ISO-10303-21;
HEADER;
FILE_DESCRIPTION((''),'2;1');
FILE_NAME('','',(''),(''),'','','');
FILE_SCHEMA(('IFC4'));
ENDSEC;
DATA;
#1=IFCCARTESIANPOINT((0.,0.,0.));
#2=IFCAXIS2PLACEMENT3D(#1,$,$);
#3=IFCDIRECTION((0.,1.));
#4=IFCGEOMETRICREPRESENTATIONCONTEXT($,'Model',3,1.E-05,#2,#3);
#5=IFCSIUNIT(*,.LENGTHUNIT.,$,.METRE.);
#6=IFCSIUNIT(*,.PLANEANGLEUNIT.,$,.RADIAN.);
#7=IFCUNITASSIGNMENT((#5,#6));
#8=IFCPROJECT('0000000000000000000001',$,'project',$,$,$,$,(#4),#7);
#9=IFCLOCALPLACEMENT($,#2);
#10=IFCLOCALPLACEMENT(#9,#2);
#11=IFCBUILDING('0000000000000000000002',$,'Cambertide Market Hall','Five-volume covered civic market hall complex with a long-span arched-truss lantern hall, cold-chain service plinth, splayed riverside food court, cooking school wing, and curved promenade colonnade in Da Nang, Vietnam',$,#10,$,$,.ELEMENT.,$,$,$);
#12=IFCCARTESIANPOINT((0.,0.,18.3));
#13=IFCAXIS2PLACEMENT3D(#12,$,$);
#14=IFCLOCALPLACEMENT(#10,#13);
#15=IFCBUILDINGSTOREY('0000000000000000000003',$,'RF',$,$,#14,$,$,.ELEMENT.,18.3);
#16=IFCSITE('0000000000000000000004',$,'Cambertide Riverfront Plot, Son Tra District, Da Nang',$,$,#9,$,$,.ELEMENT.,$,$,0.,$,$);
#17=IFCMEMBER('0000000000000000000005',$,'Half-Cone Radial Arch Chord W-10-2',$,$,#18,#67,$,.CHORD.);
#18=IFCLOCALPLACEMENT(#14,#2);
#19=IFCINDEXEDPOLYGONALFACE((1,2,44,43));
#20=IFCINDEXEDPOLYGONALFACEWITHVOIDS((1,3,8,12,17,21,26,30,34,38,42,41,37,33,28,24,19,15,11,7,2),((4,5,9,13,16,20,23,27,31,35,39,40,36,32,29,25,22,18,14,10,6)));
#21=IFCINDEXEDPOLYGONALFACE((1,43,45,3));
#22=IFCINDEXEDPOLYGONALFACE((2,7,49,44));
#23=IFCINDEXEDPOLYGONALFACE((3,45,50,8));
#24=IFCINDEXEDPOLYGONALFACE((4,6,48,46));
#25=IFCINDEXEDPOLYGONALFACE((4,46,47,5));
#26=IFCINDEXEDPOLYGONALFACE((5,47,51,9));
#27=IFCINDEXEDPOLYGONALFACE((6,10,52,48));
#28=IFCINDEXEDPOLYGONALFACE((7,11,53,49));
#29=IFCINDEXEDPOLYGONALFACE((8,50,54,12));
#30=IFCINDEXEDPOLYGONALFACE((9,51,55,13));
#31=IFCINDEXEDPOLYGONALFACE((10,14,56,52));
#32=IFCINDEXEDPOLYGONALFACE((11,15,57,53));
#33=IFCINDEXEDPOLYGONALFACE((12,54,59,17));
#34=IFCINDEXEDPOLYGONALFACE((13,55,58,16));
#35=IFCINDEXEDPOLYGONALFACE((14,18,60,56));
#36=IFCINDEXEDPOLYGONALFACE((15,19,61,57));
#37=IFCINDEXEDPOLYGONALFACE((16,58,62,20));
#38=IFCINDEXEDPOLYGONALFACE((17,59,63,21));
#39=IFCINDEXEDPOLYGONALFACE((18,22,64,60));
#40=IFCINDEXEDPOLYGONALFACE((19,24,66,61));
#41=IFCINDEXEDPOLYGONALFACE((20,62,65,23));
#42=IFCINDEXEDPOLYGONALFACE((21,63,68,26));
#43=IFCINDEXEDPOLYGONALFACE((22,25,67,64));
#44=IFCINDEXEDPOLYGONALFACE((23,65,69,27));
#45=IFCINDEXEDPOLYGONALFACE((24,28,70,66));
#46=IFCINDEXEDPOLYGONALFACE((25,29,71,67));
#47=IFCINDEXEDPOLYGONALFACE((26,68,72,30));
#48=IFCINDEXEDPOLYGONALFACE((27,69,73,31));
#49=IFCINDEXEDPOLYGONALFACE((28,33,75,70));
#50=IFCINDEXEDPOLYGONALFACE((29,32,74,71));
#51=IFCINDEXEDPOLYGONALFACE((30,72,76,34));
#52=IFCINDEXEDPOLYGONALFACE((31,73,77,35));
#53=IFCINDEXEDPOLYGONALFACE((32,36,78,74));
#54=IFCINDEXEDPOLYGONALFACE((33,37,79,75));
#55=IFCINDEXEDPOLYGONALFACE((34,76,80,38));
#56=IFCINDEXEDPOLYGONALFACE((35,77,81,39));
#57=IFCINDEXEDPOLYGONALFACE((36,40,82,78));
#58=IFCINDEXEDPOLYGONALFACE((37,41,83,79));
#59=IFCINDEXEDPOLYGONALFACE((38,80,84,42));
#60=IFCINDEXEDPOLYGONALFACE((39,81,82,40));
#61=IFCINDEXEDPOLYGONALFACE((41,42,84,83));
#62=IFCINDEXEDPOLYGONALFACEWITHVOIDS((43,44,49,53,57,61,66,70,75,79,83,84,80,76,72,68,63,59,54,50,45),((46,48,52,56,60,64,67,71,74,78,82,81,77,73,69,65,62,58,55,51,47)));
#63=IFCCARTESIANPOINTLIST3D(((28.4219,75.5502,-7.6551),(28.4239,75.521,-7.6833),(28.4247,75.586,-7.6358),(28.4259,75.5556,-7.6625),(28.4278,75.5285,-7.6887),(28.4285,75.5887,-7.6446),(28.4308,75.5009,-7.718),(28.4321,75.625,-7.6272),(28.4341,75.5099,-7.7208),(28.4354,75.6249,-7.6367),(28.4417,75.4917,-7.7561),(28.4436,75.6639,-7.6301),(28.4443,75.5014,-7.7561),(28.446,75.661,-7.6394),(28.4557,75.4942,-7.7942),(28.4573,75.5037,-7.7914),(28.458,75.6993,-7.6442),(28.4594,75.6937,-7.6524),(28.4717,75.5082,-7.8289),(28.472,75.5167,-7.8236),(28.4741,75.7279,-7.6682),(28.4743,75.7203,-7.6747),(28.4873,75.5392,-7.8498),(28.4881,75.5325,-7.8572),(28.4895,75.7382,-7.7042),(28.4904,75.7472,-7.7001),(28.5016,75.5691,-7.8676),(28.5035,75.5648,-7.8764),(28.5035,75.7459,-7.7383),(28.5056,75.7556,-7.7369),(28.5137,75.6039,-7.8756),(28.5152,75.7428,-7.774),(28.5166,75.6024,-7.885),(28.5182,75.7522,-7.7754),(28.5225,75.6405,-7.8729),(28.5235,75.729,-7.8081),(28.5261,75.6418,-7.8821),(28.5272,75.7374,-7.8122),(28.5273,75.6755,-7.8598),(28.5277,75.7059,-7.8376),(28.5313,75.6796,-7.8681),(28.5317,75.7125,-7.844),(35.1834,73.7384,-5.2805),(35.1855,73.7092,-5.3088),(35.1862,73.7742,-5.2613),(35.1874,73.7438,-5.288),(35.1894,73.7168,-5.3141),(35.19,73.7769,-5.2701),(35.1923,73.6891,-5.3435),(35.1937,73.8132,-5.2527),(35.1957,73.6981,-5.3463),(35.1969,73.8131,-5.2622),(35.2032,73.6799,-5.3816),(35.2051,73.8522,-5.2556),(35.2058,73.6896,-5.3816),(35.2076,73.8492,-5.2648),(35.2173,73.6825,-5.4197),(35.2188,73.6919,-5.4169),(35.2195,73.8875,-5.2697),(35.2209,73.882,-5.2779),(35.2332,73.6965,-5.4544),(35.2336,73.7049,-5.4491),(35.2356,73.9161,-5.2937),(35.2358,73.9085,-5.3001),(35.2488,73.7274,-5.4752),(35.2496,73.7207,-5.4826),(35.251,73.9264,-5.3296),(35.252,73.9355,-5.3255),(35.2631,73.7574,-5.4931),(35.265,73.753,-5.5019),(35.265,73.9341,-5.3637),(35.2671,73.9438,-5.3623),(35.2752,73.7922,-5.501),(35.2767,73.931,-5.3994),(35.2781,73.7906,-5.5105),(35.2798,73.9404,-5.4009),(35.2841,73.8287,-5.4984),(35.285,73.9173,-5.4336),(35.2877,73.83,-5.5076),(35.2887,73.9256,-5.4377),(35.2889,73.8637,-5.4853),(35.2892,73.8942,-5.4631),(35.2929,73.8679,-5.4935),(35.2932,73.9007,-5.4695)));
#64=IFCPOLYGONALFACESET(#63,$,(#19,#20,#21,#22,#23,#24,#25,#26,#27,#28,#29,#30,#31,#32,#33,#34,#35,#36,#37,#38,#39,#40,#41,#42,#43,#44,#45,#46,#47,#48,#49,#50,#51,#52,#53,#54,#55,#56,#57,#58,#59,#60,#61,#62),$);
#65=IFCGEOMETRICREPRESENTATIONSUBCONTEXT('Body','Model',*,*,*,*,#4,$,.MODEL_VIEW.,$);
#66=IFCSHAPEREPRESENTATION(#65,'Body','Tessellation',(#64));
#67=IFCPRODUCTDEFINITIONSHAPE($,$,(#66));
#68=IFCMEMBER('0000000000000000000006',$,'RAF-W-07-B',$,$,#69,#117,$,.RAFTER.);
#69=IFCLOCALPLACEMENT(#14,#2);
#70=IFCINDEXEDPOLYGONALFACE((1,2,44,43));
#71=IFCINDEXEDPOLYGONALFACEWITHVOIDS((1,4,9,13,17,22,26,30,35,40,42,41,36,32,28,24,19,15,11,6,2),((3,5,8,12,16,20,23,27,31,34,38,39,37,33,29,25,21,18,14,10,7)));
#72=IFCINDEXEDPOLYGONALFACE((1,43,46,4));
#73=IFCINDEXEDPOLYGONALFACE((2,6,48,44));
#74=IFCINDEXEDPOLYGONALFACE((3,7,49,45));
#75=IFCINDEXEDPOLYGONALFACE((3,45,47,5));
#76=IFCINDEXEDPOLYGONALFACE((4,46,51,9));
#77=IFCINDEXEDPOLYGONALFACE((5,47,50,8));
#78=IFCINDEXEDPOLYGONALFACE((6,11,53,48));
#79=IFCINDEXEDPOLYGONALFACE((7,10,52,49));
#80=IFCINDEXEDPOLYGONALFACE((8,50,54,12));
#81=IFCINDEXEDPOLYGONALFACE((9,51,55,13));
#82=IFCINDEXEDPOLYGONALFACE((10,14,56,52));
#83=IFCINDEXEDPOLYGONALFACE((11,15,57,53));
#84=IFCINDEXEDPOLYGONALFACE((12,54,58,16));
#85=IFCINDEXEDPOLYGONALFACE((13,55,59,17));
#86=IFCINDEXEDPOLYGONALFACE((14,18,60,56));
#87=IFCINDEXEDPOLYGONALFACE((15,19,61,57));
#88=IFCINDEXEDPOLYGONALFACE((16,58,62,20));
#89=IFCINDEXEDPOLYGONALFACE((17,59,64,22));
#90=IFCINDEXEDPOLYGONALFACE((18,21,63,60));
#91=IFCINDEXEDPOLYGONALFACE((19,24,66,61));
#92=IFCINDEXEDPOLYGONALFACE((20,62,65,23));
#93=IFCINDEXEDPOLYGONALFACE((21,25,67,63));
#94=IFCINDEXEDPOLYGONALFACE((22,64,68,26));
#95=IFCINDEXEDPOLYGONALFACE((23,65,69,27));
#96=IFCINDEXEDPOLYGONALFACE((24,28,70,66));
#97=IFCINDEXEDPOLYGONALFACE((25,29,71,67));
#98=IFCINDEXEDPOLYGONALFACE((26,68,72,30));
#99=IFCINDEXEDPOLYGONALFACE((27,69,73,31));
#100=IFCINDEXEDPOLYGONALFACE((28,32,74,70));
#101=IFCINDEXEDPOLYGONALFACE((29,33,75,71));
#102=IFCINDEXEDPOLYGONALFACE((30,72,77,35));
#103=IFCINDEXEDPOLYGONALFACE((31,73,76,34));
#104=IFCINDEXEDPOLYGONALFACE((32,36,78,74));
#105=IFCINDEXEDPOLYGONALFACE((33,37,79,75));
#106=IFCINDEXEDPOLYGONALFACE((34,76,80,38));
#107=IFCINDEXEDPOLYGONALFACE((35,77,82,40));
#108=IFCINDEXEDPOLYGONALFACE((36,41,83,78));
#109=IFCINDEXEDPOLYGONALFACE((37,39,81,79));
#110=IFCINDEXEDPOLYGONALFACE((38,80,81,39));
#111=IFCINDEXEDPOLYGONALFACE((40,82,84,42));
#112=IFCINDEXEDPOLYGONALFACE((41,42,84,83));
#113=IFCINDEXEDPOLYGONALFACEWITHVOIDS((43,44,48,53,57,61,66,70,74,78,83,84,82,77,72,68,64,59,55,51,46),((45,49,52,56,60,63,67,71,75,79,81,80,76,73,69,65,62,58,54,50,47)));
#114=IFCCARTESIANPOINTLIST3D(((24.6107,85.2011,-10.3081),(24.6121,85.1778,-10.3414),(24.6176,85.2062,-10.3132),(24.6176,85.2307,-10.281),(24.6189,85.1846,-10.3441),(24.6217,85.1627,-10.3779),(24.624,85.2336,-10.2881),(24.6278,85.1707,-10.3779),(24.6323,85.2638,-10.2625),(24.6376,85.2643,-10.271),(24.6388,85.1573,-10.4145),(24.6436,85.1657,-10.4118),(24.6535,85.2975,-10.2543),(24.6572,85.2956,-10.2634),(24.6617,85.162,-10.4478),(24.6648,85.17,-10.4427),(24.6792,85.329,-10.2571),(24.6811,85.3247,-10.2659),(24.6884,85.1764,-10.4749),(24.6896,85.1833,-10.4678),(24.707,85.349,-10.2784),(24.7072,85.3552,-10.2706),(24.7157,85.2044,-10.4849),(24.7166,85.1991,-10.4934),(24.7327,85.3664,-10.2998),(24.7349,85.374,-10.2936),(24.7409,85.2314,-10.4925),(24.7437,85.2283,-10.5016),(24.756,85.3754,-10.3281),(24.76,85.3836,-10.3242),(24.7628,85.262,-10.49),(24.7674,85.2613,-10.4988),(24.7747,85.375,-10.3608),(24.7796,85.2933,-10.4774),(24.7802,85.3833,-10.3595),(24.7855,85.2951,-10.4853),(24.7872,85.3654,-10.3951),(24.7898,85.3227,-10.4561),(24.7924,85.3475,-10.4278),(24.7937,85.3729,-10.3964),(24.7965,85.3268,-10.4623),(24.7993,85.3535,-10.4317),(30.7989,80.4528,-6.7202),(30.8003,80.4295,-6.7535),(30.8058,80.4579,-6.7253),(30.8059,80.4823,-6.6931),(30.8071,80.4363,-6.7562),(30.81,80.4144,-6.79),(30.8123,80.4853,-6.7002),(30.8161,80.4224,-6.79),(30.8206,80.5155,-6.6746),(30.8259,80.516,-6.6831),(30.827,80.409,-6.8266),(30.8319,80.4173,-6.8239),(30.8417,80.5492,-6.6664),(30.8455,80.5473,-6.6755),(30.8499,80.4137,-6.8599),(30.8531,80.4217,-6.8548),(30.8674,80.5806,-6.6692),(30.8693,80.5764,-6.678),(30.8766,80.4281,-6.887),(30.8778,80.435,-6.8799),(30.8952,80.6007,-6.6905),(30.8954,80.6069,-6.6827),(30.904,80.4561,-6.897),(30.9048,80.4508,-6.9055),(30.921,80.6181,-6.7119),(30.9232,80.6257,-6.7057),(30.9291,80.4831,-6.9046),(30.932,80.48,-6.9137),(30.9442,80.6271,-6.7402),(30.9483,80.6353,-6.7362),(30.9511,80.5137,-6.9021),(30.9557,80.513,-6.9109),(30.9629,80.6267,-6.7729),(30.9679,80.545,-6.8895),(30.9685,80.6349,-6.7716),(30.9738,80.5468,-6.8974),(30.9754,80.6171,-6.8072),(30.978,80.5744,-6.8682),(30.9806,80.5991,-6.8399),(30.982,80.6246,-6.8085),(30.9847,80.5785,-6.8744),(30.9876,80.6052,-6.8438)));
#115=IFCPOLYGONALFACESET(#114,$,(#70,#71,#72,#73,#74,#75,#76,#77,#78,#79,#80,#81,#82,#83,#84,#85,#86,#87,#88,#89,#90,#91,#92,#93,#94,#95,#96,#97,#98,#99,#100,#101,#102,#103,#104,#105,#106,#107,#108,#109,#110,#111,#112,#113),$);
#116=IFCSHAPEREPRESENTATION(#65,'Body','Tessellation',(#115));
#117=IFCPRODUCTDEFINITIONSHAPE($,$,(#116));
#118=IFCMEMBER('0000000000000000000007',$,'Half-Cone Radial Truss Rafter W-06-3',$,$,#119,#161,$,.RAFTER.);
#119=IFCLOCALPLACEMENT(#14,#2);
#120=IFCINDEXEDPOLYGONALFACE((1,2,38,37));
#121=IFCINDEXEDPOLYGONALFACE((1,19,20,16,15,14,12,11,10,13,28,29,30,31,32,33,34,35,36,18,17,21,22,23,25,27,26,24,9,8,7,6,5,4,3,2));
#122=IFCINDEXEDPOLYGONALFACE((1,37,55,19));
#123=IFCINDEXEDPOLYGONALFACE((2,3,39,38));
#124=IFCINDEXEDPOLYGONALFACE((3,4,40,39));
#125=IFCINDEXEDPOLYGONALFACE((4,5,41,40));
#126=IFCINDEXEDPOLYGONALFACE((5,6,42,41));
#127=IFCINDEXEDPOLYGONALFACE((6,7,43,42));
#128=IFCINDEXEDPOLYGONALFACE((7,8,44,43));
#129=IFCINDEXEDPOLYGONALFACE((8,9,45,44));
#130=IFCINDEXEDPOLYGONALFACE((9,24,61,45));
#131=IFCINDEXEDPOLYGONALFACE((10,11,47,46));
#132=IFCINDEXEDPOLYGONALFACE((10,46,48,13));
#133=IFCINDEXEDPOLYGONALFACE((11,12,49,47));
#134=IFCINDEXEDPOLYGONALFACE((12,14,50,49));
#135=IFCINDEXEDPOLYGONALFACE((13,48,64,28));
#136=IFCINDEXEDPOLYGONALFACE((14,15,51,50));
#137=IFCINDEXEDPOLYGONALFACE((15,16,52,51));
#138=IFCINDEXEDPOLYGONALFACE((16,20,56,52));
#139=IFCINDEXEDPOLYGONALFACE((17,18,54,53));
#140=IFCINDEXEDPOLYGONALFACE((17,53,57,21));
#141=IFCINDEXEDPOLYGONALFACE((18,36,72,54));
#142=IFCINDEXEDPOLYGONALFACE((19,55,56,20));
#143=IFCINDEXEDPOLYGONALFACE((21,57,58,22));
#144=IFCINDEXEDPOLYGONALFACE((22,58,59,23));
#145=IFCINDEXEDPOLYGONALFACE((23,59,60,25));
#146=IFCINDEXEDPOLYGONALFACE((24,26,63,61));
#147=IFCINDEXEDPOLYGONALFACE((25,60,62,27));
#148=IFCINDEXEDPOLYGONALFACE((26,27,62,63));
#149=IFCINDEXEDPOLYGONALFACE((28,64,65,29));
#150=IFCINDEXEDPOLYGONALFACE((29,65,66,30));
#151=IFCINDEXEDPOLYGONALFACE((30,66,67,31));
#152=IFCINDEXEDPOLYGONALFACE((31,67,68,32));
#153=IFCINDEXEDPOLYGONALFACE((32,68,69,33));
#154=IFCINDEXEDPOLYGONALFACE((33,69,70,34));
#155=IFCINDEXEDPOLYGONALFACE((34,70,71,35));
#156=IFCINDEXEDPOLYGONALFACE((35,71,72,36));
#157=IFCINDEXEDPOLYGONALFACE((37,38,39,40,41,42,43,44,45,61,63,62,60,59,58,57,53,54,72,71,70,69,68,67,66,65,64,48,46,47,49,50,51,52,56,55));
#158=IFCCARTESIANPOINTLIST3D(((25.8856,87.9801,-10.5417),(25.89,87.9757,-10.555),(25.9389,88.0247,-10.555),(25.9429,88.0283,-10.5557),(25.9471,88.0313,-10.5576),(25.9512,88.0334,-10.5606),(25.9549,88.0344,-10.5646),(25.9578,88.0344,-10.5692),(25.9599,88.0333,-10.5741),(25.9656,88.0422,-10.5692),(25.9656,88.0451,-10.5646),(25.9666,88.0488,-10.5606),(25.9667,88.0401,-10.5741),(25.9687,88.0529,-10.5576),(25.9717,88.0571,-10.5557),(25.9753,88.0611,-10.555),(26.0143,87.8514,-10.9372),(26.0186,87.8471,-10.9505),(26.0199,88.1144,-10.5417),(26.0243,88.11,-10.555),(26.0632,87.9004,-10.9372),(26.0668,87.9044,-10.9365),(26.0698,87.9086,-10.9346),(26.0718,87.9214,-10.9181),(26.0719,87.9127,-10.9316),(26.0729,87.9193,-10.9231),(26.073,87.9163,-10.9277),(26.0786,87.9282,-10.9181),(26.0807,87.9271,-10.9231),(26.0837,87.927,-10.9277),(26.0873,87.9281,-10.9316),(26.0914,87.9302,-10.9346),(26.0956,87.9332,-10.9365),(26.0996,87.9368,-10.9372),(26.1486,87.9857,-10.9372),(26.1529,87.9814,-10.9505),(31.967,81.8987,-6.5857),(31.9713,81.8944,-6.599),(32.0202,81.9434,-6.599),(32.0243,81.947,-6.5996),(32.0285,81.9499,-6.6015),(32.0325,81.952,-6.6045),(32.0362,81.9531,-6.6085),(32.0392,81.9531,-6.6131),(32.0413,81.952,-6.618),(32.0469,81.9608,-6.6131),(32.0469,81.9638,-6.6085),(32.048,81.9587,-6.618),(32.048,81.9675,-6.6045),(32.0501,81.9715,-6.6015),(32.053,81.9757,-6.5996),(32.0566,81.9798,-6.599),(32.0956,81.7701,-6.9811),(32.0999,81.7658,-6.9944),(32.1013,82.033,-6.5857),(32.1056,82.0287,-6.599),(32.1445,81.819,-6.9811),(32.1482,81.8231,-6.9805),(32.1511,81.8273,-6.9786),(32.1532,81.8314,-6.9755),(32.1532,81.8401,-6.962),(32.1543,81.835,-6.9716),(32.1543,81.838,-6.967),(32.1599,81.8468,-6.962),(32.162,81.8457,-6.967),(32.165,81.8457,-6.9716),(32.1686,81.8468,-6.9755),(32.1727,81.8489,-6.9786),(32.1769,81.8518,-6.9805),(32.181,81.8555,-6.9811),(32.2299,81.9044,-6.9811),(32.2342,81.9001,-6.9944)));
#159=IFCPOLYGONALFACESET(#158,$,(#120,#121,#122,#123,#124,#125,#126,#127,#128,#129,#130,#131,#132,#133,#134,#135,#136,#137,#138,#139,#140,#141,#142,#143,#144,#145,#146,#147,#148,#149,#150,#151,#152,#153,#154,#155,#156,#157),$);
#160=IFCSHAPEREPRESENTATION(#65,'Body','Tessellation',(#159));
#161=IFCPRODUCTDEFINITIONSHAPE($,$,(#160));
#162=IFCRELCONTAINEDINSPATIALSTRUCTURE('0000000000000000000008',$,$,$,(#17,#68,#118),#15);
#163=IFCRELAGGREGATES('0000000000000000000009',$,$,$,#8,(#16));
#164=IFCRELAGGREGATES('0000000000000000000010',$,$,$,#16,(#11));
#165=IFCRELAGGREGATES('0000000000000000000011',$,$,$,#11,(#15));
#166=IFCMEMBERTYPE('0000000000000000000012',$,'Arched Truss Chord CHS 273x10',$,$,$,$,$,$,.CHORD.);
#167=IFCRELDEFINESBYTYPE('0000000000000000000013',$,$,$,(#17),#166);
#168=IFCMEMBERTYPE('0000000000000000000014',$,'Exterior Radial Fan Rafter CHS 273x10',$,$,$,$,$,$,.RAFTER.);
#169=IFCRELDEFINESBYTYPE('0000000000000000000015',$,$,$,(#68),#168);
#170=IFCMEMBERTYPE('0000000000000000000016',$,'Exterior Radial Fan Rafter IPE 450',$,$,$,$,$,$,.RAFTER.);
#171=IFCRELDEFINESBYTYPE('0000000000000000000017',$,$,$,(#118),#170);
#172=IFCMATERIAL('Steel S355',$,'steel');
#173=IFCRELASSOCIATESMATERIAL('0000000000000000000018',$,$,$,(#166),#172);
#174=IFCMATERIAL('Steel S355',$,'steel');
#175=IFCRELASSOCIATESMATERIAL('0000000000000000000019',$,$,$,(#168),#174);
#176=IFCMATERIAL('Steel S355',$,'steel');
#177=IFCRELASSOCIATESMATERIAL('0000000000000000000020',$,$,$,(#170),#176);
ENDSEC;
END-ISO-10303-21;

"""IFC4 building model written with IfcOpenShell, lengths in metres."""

from ifc_helpers import new_model, si_unit, direction, frame, origin, origin_2d, place, context, subcontext, project, spatial, hollow_circle, i_section, extrude, material, material_profile, profile_set, type_object, element, save


model = new_model("IFC4")

# Units and contexts
model_context = context("Model", 3, precision=1e-05, world=origin(), true_north=direction((0.0, 1.0)))
body_context = subcontext(model_context, "Body", "Model", "MODEL_VIEW")
ifc_project = project(units=[si_unit("LENGTHUNIT", "METRE"), si_unit("PLANEANGLEUNIT", "RADIAN")], contexts=[model_context])

# Site, building, storey
site_placement = place(None, origin())
site = spatial("IfcSite", under=ifc_project, at=site_placement, Name="Cambertide Riverfront Plot, Son Tra District, Da Nang", CompositionType="ELEMENT", RefElevation=0.0)
building_placement = place(site_placement, origin())
building = spatial("IfcBuilding", under=site, at=building_placement, Name="Cambertide Market Hall", Description="Five-volume covered civic market hall complex with a long-span arched-truss lantern hall, cold-chain service plinth, splayed riverside food court, cooking school wing, and curved promenade colonnade in Da Nang, Vietnam", CompositionType="ELEMENT")
storey_placement = place(building_placement, frame((0.0, 0.0, 18.3)))
storey = spatial("IfcBuildingStorey", under=building, at=storey_placement, Name="RF", CompositionType="ELEMENT", Elevation=18.3)

# Members
ifc_material_1 = material(Name="Steel S355", Category="steel")
ifc_material_profile_1 = material_profile(ifc_material_1, hollow_circle(Radius=0.1365, WallThickness=0.01, at=origin_2d()), Name="CHS 273x10")
ifc_profile_set_1 = profile_set([ifc_material_profile_1], Name="Steel S355")
member_type_1 = type_object("IfcMemberType", Name="Arched Truss Chord CHS 273x10", PredefinedType="CHORD", material=ifc_profile_set_1)
member_1_placement = place(storey_placement, frame((35.2385, 73.8118, -5.3816), z_axis=(-0.914729, 0.245106, -0.321237), x_axis=(-0.258824, -0.965925, 0.0)))
element("IfcMember", 1, at=member_1_placement, inside=storey, type_object=member_type_1, Name="Half-Cone Radial Arch Chord W-10-2", PredefinedType="CHORD", context=body_context, shape_type="SweptSolid", body=[
    extrude(hollow_circle(Radius=0.1365, WallThickness=0.01, at=origin_2d()), origin(), (0.0, 0.0, 1.0), 7.3918),
])
ifc_material_2 = material(Name="Steel S355", Category="steel")
ifc_material_profile_2 = material_profile(ifc_material_2, hollow_circle(Radius=0.1365, WallThickness=0.01, at=origin_2d()), Name="CHS 273x10")
ifc_profile_set_2 = profile_set([ifc_material_profile_2], Name="Steel S355")
member_type_2 = type_object("IfcMemberType", Name="Exterior Radial Fan Rafter CHS 273x10", PredefinedType="RAFTER", material=ifc_profile_set_2)
member_2_placement = place(storey_placement, frame((30.8931, 80.5227, -6.79), z_axis=(-0.720764, 0.553049, -0.417894), x_axis=(-0.608753, -0.79336, 0.0)))
element("IfcMember", 2, at=member_2_placement, inside=storey, type_object=member_type_2, Name="RAF-W-07-B", PredefinedType="RAFTER", context=body_context, shape_type="SweptSolid", body=[
    extrude(hollow_circle(Radius=0.1365, WallThickness=0.01, at=origin_2d()), origin(), (0.0, 0.0, 1.0), 8.5857),
])
ifc_material_3 = material(Name="Steel S355", Category="steel")
ifc_material_profile_3 = material_profile(ifc_material_3, i_section(OverallWidth=0.1899, OverallDepth=0.45, WebThickness=0.0095, FlangeThickness=0.0146, FilletRadius=0.021, at=origin_2d()), Name="IPE 450")
ifc_profile_set_3 = profile_set([ifc_material_profile_3], Name="Steel S355")
member_type_3 = type_object("IfcMemberType", Name="Exterior Radial Fan Rafter IPE 450", PredefinedType="RAFTER", material=ifc_profile_set_3)
for number, where, z_axis, x_axis, name in (
    (3, (32.1006, 81.8994, -6.79), (-0.642402, 0.642402, -0.4179), (-0.707107, -0.707107, 0.0), "Half-Cone Radial Truss Rafter W-06-3"),
):
    element("IfcMember", number, at=place(storey_placement, frame(where, z_axis=z_axis, x_axis=x_axis)), inside=storey, type_object=member_type_3, Name=name, PredefinedType="RAFTER", context=body_context, shape_type="SweptSolid", body=[
        extrude(i_section(OverallWidth=0.1899, OverallDepth=0.45, WebThickness=0.0095, FlangeThickness=0.0146, FilletRadius=0.021, at=origin_2d()), origin(), (0.0, 0.0, 1.0), 9.4666),
    ])

save(model, "model.ifc")
